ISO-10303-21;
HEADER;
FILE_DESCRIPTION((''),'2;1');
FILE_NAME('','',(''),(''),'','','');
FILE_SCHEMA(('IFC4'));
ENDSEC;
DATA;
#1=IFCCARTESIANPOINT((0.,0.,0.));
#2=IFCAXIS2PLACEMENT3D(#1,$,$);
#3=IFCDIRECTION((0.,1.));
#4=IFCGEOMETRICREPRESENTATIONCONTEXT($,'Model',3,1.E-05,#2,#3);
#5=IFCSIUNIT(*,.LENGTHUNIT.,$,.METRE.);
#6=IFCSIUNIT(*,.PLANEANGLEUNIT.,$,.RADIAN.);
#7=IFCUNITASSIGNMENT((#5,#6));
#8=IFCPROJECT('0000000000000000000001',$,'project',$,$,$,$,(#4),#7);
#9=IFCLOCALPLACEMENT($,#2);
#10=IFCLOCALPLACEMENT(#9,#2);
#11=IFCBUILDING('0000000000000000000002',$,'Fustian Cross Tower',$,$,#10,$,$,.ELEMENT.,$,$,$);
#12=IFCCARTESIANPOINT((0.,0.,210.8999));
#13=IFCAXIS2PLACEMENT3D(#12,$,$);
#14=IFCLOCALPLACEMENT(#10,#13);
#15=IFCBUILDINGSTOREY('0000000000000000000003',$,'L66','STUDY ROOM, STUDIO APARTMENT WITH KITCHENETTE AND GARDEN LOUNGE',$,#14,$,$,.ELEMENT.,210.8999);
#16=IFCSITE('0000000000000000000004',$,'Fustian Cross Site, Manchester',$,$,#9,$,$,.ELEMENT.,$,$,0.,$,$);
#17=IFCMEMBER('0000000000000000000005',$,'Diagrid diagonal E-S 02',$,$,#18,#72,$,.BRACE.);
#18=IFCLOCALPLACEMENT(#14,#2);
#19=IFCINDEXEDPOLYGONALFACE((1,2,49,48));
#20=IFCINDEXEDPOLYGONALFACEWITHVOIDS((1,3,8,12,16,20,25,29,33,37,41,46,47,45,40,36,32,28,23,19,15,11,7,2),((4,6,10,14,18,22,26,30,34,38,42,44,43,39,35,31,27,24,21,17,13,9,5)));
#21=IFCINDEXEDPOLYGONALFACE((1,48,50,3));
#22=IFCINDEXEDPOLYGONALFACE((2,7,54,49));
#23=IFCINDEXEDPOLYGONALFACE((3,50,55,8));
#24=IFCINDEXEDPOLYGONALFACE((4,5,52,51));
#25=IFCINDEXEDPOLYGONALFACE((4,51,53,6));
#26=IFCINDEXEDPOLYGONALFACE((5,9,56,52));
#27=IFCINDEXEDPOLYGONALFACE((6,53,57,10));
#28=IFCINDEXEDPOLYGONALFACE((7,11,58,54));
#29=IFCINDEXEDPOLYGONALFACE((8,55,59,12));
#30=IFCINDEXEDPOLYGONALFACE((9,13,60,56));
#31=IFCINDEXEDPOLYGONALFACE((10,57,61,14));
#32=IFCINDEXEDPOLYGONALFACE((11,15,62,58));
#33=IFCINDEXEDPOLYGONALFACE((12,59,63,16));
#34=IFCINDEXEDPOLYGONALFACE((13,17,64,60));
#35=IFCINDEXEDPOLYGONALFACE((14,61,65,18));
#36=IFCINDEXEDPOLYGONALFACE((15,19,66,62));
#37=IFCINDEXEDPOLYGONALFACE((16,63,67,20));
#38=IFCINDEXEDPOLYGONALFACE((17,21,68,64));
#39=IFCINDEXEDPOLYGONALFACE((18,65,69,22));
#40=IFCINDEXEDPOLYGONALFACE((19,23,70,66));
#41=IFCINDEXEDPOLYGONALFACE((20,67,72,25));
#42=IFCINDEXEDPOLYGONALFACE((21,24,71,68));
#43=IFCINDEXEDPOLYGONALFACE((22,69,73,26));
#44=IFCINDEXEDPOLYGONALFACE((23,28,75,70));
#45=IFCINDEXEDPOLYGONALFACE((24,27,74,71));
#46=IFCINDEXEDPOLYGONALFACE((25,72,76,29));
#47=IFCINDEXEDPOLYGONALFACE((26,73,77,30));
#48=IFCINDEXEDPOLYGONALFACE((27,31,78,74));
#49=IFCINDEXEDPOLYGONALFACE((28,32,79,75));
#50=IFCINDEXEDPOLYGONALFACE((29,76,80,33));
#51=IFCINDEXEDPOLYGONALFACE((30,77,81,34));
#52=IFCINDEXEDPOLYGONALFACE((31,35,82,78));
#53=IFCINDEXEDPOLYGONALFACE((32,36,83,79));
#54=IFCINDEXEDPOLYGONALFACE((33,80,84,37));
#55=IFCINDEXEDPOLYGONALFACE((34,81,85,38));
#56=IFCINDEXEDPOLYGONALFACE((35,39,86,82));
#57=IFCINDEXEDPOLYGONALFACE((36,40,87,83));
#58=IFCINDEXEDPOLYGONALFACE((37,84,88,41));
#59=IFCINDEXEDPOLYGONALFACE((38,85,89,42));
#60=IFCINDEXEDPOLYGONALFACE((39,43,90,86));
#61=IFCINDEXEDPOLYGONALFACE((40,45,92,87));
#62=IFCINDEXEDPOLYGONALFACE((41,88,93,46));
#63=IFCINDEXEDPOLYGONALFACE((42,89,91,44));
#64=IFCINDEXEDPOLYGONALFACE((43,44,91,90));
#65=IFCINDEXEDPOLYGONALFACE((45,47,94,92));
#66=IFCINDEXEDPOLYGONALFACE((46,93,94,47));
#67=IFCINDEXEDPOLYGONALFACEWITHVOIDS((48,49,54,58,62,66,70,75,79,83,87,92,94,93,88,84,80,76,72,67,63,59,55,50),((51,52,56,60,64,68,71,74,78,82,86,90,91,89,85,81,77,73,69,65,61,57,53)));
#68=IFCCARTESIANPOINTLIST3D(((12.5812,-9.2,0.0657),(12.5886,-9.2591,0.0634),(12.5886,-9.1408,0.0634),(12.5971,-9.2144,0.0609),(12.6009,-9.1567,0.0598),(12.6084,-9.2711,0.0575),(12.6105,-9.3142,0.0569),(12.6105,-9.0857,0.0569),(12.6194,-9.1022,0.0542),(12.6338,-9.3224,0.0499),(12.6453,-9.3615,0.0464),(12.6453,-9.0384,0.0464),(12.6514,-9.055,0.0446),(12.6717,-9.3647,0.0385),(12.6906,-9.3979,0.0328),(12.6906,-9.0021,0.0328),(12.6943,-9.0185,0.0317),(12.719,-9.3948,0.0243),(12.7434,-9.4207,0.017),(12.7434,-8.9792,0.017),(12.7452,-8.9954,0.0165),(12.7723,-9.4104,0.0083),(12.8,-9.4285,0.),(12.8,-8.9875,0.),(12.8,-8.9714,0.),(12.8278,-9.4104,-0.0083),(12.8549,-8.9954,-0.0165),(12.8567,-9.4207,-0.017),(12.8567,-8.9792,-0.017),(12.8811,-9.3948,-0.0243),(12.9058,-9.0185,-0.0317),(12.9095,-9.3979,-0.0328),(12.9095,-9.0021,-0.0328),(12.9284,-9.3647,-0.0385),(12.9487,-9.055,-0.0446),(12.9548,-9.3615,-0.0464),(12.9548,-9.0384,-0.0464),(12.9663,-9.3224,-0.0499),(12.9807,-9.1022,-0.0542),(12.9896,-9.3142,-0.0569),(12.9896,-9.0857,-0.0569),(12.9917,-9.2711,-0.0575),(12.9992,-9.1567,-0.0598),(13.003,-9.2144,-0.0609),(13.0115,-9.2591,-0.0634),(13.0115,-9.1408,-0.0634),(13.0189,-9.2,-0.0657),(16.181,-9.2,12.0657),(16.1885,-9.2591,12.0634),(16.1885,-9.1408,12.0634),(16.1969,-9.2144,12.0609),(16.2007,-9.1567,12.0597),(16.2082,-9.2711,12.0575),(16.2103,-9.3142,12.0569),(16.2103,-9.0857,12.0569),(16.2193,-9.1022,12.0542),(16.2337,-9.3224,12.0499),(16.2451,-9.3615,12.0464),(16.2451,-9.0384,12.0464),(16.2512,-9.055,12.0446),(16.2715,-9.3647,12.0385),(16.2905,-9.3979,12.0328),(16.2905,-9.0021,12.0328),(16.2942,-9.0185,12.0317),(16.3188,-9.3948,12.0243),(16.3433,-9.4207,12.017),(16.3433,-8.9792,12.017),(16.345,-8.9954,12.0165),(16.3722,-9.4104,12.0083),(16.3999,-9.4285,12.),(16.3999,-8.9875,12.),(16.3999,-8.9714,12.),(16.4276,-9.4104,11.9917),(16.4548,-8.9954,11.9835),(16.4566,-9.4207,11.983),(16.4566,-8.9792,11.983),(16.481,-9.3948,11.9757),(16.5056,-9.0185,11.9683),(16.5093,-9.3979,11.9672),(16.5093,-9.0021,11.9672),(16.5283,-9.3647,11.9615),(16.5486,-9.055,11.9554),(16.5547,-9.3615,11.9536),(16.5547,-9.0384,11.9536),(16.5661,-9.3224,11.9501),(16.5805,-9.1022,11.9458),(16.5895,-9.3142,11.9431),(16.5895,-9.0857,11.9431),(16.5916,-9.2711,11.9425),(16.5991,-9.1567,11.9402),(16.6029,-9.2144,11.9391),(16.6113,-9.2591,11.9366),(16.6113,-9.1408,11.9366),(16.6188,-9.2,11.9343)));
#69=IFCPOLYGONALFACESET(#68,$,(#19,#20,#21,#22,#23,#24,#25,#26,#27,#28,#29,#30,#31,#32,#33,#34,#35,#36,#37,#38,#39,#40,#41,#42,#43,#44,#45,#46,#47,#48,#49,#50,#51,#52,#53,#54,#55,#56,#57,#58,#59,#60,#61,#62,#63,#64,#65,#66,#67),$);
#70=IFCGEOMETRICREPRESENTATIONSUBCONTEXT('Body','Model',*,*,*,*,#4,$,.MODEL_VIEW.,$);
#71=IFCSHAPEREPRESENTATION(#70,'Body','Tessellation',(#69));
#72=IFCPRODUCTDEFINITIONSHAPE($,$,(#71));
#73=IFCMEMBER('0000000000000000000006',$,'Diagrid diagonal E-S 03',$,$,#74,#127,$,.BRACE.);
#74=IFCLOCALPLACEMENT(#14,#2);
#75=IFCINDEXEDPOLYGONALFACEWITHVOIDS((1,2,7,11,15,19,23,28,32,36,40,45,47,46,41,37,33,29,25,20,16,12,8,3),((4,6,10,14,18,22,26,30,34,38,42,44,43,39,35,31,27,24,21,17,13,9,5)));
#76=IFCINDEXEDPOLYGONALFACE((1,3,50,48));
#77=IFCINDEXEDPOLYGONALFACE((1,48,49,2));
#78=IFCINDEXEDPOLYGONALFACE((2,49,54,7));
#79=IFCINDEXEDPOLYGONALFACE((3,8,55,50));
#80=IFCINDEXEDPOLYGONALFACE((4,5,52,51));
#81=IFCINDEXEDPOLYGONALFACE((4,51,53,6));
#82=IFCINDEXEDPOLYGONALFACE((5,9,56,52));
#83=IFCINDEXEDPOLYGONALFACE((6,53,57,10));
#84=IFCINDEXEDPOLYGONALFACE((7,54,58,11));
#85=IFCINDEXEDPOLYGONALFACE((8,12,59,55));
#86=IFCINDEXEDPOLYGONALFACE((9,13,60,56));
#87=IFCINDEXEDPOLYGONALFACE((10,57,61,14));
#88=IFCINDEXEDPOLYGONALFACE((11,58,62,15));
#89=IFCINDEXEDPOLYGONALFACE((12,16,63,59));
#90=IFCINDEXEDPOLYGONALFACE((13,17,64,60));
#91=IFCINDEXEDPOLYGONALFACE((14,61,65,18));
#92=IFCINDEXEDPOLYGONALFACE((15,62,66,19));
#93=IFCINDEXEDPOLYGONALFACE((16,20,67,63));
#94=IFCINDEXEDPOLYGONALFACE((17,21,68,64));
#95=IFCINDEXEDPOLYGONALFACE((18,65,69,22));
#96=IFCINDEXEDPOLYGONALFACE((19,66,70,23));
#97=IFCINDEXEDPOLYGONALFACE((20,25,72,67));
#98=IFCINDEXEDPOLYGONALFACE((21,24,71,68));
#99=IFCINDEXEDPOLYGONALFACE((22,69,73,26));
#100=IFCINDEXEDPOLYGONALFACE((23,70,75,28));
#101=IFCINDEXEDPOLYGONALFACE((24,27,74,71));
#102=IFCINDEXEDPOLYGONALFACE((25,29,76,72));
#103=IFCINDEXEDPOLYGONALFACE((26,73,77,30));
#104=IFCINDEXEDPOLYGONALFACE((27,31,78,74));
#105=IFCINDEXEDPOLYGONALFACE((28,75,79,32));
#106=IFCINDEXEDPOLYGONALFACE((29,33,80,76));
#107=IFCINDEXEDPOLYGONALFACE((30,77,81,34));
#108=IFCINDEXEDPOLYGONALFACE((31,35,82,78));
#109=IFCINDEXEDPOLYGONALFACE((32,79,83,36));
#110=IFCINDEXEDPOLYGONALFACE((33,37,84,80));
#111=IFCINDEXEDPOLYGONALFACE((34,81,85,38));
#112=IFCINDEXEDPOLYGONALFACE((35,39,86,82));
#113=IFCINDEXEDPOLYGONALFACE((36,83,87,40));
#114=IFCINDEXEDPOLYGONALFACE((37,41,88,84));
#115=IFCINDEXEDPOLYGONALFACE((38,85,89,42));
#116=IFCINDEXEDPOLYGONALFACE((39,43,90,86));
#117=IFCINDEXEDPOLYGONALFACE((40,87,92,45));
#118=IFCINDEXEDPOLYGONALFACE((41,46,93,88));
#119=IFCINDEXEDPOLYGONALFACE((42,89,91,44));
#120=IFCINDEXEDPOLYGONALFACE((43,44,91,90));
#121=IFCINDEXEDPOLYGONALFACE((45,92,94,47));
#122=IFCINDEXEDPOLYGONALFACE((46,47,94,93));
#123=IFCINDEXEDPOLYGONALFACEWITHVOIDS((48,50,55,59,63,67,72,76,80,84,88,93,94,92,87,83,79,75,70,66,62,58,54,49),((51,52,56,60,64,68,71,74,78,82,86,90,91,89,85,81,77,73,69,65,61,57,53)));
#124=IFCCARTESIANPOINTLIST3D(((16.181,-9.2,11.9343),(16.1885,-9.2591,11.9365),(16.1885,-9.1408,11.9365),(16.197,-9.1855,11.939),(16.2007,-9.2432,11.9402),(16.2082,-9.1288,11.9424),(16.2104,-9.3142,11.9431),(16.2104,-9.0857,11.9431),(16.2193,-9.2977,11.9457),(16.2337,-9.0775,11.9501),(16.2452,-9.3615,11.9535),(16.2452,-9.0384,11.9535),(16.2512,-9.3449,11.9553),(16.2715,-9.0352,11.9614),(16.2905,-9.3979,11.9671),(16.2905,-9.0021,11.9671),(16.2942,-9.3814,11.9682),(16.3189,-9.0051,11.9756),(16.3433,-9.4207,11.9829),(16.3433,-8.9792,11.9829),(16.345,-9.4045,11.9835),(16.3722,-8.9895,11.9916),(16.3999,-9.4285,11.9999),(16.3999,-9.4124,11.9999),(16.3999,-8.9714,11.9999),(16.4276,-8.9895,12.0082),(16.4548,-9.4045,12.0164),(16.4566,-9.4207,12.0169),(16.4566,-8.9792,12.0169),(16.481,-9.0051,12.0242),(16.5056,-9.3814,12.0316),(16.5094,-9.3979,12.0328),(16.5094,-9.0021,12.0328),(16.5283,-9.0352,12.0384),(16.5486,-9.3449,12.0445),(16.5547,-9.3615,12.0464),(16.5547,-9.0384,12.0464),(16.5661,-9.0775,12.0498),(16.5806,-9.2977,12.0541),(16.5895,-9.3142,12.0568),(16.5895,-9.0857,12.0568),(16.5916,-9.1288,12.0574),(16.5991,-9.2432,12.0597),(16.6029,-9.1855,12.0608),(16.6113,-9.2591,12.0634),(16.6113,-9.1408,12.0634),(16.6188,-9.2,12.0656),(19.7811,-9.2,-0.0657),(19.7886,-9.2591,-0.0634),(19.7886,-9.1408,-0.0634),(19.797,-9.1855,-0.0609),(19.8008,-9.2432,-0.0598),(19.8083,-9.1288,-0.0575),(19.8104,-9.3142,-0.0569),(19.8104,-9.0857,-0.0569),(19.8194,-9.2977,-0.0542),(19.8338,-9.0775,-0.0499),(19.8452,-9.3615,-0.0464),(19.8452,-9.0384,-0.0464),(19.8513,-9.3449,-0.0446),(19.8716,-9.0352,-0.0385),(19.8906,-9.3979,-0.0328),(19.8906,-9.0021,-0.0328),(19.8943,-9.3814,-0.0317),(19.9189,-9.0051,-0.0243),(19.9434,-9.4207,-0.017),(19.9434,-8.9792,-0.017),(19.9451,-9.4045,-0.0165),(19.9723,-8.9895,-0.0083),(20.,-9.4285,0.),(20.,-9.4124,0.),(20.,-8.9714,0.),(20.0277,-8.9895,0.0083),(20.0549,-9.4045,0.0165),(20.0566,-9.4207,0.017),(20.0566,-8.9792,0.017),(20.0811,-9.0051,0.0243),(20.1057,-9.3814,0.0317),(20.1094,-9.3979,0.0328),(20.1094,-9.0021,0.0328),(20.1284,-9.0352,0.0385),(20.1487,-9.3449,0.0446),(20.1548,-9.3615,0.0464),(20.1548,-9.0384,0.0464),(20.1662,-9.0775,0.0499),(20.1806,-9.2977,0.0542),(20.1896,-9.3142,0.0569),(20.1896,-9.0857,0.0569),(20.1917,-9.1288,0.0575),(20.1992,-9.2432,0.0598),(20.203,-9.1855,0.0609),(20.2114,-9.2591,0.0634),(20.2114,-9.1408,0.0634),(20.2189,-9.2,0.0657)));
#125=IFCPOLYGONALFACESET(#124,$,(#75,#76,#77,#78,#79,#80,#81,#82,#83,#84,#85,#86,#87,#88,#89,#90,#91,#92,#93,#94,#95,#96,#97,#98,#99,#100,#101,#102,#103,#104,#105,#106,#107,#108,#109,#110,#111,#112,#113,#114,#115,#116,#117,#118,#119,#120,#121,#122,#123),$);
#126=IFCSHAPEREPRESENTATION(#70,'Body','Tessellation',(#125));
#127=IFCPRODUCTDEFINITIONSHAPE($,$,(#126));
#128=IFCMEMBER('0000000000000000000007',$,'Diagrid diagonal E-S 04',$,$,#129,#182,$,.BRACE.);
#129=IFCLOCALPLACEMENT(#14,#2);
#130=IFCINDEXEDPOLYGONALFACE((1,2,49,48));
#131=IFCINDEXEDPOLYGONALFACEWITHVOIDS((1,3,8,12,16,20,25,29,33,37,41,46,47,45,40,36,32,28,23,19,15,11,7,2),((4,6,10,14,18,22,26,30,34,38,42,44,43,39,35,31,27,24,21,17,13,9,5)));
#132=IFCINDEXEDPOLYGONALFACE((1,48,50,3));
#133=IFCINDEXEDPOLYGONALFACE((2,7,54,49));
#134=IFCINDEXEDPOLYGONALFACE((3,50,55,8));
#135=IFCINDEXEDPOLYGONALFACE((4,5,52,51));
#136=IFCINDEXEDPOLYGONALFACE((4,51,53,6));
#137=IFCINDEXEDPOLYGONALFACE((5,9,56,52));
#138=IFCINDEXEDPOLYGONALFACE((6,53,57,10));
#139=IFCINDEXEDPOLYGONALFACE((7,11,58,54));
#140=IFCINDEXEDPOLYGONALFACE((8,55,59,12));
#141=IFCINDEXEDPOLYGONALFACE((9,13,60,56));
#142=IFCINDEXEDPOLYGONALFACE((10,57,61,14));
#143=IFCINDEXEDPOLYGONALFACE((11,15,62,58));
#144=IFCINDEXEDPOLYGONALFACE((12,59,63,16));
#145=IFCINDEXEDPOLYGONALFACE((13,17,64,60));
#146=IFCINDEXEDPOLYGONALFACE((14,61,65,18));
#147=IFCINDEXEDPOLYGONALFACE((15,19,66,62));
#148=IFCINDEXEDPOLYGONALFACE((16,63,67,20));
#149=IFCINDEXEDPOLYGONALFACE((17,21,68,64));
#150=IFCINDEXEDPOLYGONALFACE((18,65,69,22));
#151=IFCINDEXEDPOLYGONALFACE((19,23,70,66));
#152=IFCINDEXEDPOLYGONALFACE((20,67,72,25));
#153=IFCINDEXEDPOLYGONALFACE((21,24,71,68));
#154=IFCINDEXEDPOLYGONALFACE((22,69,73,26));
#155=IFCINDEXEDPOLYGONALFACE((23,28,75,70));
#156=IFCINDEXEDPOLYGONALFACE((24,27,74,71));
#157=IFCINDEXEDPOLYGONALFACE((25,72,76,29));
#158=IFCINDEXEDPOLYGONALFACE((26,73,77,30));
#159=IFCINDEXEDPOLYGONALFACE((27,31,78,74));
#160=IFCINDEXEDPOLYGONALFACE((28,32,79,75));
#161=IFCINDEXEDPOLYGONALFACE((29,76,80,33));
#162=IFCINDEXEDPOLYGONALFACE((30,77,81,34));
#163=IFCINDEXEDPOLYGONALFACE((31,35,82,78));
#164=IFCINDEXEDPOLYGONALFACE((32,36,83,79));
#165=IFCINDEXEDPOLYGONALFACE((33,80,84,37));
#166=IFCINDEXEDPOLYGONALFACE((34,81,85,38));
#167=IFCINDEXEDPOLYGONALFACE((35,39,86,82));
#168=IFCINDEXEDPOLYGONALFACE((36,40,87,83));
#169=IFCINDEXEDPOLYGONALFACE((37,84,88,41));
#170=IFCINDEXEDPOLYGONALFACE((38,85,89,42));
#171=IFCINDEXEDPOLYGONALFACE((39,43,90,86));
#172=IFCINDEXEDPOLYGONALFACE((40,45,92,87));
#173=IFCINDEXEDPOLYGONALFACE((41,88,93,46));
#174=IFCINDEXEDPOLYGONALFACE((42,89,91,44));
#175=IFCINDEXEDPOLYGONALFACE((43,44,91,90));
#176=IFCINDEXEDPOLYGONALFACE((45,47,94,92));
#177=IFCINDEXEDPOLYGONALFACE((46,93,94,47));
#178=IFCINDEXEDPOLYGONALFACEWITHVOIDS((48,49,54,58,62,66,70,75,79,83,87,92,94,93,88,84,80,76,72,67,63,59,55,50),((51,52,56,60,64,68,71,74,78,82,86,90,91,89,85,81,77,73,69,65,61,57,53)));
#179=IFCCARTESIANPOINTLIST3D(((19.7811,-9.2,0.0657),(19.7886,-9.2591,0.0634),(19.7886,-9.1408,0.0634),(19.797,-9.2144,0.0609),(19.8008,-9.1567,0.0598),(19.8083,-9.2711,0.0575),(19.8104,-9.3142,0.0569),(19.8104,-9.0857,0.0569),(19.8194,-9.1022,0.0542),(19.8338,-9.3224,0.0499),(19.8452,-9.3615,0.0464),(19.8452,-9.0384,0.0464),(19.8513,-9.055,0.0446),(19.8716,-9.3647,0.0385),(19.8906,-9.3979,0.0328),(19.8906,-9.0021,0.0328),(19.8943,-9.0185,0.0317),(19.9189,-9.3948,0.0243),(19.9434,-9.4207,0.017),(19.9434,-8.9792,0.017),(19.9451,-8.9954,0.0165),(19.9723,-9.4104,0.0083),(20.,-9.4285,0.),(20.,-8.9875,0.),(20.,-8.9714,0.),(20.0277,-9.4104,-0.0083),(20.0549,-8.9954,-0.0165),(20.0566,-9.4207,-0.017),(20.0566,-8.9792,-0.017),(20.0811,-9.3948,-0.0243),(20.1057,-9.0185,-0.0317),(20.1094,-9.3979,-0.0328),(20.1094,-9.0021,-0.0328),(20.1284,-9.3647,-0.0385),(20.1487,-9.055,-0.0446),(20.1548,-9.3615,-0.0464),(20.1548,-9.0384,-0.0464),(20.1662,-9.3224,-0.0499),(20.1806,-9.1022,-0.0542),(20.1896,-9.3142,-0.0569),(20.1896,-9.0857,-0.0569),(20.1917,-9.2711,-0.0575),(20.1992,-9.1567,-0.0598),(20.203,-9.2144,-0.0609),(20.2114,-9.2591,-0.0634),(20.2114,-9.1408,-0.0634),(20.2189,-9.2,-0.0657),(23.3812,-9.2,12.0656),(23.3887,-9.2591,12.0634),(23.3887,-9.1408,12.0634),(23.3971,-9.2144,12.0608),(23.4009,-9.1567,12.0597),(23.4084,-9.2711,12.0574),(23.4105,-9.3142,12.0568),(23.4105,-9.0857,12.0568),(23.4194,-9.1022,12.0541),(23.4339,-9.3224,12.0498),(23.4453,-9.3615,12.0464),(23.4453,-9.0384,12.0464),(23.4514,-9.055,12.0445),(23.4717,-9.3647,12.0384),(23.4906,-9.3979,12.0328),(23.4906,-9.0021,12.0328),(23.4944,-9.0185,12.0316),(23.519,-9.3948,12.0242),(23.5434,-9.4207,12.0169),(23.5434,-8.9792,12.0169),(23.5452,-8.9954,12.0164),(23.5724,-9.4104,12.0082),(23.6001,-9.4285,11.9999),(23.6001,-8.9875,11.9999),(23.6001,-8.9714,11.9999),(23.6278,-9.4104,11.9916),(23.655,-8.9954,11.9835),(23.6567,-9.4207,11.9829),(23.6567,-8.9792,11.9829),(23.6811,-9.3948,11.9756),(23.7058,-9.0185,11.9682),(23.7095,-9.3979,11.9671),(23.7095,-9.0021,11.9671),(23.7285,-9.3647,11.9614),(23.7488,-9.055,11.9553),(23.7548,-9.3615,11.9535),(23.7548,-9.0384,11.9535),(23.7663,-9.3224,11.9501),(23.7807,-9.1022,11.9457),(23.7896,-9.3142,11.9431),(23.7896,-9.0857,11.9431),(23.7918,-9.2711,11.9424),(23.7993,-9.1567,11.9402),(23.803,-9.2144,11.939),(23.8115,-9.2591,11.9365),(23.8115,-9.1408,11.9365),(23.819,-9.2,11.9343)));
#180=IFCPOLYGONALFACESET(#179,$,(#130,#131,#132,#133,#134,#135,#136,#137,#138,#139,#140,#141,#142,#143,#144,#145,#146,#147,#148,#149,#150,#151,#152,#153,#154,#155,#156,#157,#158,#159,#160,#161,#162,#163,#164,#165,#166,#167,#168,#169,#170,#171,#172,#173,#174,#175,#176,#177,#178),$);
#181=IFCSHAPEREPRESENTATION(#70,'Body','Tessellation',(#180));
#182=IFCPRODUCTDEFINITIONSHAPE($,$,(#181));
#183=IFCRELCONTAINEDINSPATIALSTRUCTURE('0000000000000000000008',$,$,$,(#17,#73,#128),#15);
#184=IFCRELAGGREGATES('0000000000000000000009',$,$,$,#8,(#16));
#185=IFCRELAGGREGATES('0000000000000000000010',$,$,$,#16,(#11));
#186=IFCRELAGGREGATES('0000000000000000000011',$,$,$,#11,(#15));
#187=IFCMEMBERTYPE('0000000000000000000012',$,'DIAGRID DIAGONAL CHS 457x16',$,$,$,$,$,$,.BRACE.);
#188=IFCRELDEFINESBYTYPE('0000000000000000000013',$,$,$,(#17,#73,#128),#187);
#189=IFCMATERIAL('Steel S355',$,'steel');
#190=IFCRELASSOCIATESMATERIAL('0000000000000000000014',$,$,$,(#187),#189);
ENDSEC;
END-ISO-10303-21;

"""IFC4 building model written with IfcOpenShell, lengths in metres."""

from ifc_helpers import new_model, si_unit, direction, frame, origin, origin_2d, place, context, subcontext, project, spatial, hollow_circle, extrude, material, material_profile, profile_set, type_object, element, save


model = new_model("IFC4")

# Units and contexts
model_context = context("Model", 3, precision=1e-05, world=origin(), true_north=direction((0.0, 1.0)))
body_context = subcontext(model_context, "Body", "Model", "MODEL_VIEW")
ifc_project = project(units=[si_unit("LENGTHUNIT", "METRE"), si_unit("PLANEANGLEUNIT", "RADIAN")], contexts=[model_context])

# Site, building, storey
site_placement = place(None, origin())
site = spatial("IfcSite", under=ifc_project, at=site_placement, Name="Fustian Cross Site, Manchester", CompositionType="ELEMENT", RefElevation=0.0)
building_placement = place(site_placement, origin())
building = spatial("IfcBuilding", under=site, at=building_placement, Name="Fustian Cross Tower", CompositionType="ELEMENT")
storey_placement = place(building_placement, frame((0.0, 0.0, 210.8999)))
storey = spatial("IfcBuildingStorey", under=building, at=storey_placement, Name="L66", Description="STUDY ROOM, STUDIO APARTMENT WITH KITCHENETTE AND GARDEN LOUNGE", CompositionType="ELEMENT", Elevation=210.8999)

# Members
ifc_material_1 = material(Name="Steel S355", Category="steel")
ifc_material_profile_1 = material_profile(ifc_material_1, hollow_circle(Radius=0.2285, WallThickness=0.0161, at=origin_2d()), Name="CHS 457x16")
ifc_profile_set_1 = profile_set([ifc_material_profile_1], Name="Steel S355")
member_type_1 = type_object("IfcMemberType", Name="DIAGRID DIAGONAL CHS 457x16", PredefinedType="BRACE", material=ifc_profile_set_1)
for number, where, z_axis, x_axis, name in (
    (1, (12.8, -9.2, 0.0), (0.287337, 0.0, 0.95783), (0.0, 1.0, 0.0), "Diagrid diagonal E-S 02"),
    (2, (20.0, -9.2, 0.0), (-0.287355, 0.0, 0.957824), (0.0, -1.0, 0.0), "Diagrid diagonal E-S 03"),
    (3, (20.0, -9.2, 0.0), (0.287355, 0.0, 0.957824), (0.0, 1.0, 0.0), "Diagrid diagonal E-S 04"),
):
    element("IfcMember", number, at=place(storey_placement, frame(where, z_axis=z_axis, x_axis=x_axis)), inside=storey, type_object=member_type_1, Name=name, PredefinedType="BRACE", context=body_context, shape_type="SweptSolid", body=[
        extrude(hollow_circle(Radius=0.2285, WallThickness=0.0161, at=origin_2d()), origin(), (0.0, 0.0, 1.0), 12.5283),
    ])

save(model, "model.ifc")
